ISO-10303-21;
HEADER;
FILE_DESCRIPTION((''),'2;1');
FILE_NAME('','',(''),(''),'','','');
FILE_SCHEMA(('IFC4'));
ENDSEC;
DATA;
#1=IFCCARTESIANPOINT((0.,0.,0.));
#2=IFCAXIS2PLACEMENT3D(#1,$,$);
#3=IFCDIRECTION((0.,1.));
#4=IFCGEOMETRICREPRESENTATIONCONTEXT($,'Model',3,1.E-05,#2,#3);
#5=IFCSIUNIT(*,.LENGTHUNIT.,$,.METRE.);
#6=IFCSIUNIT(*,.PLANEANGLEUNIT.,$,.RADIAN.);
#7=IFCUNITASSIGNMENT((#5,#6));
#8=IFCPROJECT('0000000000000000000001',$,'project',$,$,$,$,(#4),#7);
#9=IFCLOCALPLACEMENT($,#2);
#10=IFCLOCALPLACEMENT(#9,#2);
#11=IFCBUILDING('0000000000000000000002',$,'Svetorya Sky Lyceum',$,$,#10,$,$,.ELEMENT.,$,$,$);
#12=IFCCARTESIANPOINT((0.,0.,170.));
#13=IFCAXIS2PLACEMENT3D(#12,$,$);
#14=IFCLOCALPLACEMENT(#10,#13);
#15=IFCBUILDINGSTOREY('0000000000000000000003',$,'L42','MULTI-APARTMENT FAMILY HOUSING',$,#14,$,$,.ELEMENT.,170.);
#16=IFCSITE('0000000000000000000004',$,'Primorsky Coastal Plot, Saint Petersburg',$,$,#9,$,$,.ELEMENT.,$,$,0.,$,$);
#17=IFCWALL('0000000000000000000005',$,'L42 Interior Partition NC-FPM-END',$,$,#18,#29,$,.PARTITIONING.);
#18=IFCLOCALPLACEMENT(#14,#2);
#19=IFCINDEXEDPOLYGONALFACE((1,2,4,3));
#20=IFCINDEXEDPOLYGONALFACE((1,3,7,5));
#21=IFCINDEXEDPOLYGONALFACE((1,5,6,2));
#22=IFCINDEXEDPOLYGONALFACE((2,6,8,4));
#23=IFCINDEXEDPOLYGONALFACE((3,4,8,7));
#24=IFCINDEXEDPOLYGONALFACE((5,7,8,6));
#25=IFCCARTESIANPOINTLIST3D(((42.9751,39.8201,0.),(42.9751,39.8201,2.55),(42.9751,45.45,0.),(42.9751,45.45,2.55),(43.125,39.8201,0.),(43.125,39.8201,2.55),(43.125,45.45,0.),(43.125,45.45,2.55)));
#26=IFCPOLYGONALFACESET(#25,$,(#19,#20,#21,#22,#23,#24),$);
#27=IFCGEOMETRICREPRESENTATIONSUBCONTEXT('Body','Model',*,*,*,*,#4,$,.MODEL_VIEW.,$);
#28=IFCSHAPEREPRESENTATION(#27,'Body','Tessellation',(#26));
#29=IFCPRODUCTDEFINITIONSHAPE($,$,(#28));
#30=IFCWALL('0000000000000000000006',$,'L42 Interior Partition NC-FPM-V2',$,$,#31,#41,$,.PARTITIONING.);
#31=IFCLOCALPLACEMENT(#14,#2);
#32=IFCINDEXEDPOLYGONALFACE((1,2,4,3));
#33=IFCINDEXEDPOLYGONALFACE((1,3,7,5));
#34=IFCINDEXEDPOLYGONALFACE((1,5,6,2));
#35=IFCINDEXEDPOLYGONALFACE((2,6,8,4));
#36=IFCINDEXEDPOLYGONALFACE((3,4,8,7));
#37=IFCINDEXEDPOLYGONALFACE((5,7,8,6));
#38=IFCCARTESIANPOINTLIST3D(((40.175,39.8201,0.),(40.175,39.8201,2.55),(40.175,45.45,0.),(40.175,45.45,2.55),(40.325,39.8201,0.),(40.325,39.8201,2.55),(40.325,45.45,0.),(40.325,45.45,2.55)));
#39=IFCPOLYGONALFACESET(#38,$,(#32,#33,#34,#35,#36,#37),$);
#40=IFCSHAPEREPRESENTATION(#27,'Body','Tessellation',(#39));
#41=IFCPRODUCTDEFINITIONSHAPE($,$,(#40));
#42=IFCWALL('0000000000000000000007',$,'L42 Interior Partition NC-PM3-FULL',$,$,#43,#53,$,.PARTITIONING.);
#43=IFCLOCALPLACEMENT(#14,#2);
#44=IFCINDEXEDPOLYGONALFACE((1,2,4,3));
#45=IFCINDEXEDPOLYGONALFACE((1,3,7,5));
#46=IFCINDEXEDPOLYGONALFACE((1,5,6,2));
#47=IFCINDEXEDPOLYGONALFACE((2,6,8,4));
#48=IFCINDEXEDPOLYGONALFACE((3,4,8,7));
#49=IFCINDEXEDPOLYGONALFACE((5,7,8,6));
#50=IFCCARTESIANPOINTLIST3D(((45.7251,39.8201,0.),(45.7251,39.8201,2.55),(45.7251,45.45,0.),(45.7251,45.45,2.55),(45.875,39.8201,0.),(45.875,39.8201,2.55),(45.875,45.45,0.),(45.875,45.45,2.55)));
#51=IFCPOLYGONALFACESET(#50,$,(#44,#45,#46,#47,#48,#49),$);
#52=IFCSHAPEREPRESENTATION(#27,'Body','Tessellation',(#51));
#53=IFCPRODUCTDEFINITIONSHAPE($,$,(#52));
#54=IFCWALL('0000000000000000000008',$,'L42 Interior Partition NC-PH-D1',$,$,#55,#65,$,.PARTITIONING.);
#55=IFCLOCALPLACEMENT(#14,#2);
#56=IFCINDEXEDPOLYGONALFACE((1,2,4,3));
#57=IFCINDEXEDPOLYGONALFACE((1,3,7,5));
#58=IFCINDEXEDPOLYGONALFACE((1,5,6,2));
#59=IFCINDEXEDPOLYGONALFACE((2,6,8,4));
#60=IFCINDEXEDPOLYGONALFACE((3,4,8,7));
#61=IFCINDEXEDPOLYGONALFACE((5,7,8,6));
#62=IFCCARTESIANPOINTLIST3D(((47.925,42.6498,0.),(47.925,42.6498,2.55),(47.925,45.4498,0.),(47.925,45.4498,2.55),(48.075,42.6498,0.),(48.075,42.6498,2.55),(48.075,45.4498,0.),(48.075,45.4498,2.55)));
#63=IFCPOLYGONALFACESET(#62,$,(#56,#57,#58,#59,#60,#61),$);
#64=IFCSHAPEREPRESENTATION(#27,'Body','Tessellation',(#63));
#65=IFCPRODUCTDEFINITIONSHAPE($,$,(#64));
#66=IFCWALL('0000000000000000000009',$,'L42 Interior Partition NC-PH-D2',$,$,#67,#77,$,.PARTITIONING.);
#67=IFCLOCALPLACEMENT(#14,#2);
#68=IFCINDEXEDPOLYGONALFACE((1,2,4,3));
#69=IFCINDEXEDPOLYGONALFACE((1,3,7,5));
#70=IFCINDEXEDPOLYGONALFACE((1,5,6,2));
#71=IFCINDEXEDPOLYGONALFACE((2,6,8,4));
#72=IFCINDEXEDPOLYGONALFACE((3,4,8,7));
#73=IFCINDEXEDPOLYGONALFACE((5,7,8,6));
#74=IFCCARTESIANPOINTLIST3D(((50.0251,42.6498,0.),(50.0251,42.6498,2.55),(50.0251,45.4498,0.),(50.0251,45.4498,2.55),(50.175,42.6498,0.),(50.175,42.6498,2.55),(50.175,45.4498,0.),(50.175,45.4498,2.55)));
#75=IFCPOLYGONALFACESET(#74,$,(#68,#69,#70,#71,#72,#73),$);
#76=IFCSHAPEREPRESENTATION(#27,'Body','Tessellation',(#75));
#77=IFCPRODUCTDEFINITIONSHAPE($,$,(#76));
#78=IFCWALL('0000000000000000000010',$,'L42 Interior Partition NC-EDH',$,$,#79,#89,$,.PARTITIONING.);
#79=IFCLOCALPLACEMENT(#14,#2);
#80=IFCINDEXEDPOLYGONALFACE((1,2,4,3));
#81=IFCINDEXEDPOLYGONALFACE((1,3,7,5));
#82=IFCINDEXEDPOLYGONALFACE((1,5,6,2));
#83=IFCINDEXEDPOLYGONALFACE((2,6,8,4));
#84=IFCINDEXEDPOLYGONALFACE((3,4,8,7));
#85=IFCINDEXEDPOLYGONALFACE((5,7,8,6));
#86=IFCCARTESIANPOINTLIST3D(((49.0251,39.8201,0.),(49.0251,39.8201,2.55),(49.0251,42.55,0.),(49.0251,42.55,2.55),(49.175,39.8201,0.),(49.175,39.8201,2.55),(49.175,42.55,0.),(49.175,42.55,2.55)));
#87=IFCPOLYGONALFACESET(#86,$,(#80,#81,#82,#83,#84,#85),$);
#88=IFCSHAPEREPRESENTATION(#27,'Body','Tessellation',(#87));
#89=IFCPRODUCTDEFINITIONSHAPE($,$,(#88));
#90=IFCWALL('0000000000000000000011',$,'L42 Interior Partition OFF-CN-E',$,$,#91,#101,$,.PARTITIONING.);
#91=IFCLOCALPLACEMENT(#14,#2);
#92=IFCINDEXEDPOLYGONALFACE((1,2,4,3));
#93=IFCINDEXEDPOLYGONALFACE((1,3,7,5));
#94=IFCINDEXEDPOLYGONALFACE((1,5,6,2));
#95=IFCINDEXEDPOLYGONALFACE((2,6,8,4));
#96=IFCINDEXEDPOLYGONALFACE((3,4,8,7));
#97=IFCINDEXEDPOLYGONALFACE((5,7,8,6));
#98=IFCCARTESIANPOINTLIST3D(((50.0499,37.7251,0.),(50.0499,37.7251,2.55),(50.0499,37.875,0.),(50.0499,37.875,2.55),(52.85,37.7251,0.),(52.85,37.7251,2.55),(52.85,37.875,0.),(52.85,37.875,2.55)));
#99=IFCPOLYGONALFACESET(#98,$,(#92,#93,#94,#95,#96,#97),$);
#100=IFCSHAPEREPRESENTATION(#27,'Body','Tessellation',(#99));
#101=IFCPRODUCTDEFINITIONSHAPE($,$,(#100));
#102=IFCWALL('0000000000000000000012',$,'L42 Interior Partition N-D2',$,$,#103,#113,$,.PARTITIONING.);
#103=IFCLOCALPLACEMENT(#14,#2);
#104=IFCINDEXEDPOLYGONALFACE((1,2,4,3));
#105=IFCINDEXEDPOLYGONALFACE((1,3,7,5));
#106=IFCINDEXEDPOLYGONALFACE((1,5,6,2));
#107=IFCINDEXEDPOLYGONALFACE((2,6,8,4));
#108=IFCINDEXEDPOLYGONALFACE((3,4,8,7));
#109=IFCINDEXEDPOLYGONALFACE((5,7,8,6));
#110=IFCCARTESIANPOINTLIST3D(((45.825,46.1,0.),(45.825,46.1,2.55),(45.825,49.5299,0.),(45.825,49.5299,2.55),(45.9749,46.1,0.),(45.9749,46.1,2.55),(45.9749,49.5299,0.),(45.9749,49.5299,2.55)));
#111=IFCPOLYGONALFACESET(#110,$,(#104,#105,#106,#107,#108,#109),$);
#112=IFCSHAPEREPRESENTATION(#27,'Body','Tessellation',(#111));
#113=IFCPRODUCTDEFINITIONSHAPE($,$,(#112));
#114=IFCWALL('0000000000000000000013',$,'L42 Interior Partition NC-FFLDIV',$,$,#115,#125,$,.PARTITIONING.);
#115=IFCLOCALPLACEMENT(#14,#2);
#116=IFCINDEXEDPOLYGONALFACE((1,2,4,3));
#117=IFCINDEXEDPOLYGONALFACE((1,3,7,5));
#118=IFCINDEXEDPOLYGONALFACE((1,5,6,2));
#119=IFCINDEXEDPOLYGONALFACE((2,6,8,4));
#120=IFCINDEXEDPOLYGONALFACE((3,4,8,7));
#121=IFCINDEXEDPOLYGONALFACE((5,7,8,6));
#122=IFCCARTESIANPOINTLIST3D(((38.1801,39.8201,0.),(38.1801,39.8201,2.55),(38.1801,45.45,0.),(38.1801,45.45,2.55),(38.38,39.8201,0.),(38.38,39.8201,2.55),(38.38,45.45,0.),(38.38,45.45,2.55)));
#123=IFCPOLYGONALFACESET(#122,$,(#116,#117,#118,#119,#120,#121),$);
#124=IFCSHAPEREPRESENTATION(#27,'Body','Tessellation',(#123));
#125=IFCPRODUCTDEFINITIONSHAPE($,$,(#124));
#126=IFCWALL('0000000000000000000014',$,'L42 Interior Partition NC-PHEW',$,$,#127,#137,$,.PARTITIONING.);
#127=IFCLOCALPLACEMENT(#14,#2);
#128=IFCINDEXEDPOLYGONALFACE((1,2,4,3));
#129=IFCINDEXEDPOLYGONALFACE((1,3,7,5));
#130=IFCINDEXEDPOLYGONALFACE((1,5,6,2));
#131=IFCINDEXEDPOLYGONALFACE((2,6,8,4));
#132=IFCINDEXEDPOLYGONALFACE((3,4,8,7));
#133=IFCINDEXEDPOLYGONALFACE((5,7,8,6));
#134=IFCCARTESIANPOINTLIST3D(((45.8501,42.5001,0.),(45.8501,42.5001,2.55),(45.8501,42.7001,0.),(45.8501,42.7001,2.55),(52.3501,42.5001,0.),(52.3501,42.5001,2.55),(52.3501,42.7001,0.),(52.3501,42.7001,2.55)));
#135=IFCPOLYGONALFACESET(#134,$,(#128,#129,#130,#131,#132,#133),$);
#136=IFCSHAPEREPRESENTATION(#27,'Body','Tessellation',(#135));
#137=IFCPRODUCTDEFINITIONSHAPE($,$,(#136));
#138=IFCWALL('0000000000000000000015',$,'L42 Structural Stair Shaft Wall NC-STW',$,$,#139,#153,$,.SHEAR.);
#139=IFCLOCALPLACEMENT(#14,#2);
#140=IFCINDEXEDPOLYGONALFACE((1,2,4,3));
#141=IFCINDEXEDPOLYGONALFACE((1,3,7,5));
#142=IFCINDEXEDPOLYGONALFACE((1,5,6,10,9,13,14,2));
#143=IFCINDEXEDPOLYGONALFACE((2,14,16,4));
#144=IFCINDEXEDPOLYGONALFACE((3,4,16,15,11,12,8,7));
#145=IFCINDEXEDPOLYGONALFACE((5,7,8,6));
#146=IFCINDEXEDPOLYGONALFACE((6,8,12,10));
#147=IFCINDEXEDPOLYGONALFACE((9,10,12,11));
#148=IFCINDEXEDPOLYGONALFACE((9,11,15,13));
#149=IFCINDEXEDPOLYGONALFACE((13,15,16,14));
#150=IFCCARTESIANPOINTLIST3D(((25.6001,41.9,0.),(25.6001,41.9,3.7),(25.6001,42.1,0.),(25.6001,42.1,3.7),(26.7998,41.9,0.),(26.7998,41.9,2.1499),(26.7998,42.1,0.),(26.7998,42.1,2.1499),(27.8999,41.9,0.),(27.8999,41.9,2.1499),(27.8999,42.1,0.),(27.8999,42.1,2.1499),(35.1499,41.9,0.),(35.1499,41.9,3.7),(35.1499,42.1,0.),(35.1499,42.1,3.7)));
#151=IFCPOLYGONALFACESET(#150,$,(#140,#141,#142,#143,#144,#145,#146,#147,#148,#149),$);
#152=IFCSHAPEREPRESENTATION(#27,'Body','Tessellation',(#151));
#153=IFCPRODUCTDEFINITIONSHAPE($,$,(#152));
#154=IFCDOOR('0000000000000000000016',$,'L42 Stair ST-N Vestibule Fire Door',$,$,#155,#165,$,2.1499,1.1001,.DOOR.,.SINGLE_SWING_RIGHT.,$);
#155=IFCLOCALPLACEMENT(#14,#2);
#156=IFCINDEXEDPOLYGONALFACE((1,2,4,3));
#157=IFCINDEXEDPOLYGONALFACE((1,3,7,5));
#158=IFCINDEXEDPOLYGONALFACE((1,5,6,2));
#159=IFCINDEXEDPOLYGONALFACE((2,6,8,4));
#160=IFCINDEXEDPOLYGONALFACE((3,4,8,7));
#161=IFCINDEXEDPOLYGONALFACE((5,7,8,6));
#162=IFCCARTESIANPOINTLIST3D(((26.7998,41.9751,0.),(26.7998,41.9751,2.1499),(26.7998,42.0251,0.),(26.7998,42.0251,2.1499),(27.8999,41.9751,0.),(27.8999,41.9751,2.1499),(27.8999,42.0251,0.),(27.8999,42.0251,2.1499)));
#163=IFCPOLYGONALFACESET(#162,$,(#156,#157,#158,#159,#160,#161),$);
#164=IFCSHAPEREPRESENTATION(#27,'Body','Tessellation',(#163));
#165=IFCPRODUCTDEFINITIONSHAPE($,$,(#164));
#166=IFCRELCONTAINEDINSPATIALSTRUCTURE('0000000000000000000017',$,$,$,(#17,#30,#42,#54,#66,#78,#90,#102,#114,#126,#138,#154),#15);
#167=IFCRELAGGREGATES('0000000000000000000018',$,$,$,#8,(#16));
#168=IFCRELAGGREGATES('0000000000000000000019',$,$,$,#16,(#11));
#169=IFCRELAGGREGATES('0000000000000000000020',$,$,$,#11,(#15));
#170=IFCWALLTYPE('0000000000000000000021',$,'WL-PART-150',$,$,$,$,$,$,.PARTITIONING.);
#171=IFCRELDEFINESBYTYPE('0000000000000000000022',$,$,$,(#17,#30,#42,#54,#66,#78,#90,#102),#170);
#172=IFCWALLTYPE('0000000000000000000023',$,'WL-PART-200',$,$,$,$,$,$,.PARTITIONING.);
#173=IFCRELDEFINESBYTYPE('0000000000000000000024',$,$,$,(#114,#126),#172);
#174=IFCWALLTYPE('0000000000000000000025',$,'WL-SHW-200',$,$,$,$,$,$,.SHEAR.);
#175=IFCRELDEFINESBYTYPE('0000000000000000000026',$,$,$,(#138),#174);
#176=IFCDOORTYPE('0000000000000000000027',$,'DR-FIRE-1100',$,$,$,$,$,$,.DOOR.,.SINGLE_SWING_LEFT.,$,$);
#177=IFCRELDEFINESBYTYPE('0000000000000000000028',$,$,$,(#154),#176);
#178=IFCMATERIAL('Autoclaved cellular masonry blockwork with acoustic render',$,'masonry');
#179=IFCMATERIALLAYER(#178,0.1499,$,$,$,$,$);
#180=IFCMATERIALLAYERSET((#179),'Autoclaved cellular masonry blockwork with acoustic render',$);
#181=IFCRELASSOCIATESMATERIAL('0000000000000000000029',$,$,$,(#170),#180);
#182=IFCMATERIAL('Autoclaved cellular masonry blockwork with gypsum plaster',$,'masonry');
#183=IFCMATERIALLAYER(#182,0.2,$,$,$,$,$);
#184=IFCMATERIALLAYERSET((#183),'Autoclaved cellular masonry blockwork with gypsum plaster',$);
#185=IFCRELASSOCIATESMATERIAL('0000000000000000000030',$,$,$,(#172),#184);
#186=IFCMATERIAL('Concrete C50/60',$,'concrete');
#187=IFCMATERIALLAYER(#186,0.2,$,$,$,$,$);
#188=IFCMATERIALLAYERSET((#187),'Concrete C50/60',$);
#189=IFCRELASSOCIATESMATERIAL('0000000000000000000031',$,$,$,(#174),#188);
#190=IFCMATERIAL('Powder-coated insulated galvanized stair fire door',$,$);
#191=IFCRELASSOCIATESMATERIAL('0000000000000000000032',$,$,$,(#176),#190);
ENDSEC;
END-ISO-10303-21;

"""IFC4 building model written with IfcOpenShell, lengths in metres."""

from ifc_helpers import new_model, si_unit, direction, frame, frame_2d, origin, place, context, subcontext, project, spatial, rectangle, extrude, material, layer, layer_set, type_object, element, fill, save


model = new_model("IFC4")

# Units and contexts
model_context = context("Model", 3, precision=1e-05, world=origin(), true_north=direction((0.0, 1.0)))
body_context = subcontext(model_context, "Body", "Model", "MODEL_VIEW")
ifc_project = project(units=[si_unit("LENGTHUNIT", "METRE"), si_unit("PLANEANGLEUNIT", "RADIAN")], contexts=[model_context])

# Site, building, storey
site_placement = place(None, origin())
site = spatial("IfcSite", under=ifc_project, at=site_placement, Name="Primorsky Coastal Plot, Saint Petersburg", CompositionType="ELEMENT", RefElevation=0.0)
building_placement = place(site_placement, origin())
building = spatial("IfcBuilding", under=site, at=building_placement, Name="Svetorya Sky Lyceum", CompositionType="ELEMENT")
storey_placement = place(building_placement, frame((0.0, 0.0, 170.0)))
storey = spatial("IfcBuildingStorey", under=building, at=storey_placement, Name="L42", Description="MULTI-APARTMENT FAMILY HOUSING", CompositionType="ELEMENT", Elevation=170.0)

# Shared definitions
ifc_material_1 = material(Name="Concrete C50/60", Category="concrete")

# Walls
ifc_material_2 = material(Name="Autoclaved cellular masonry blockwork with acoustic render", Category="masonry")
ifc_layer_1 = layer(ifc_material_2, 0.1499)
ifc_layer_set_1 = layer_set([ifc_layer_1], Name="Autoclaved cellular masonry blockwork with acoustic render")
wall_type_1 = type_object("IfcWallType", Name="WL-PART-150", PredefinedType="PARTITIONING", material=ifc_layer_set_1)
for number, where, z_axis, x_axis, name in (
    (1, (43.05, 39.8201, 0.0), (0.0, 0.0, 1.0), (0.0, 1.0, 0.0), "L42 Interior Partition NC-FPM-END"),
    (2, (40.25, 39.8201, 0.0), (0.0, 0.0, 1.0), (0.0, 1.0, 0.0), "L42 Interior Partition NC-FPM-V2"),
    (3, (45.8, 39.8201, 0.0), (0.0, 0.0, 1.0), (0.0, 1.0, 0.0), "L42 Interior Partition NC-PM3-FULL"),
):
    element("IfcWall", number, at=place(storey_placement, frame(where, z_axis=z_axis, x_axis=x_axis)), inside=storey, type_object=wall_type_1, Name=name, PredefinedType="PARTITIONING", context=body_context, shape_type="SweptSolid", body=[
        extrude(rectangle(XDim=5.6299, YDim=0.1499, at=frame_2d((2.8149, 0.0))), origin(), (0.0, 0.0, 1.0), 2.55),
    ])
for number, where, z_axis, x_axis, name in (
    (4, (48.0, 42.6499, 0.0), (0.0, 0.0, 1.0), (0.0, 1.0, 0.0), "L42 Interior Partition NC-PH-D1"),
    (5, (50.1001, 42.6499, 0.0), (0.0, 0.0, 1.0), (0.0, 1.0, 0.0), "L42 Interior Partition NC-PH-D2"),
):
    element("IfcWall", number, at=place(storey_placement, frame(where, z_axis=z_axis, x_axis=x_axis)), inside=storey, type_object=wall_type_1, Name=name, PredefinedType="PARTITIONING", context=body_context, shape_type="SweptSolid", body=[
        extrude(rectangle(XDim=2.8, YDim=0.1499, at=frame_2d((1.3999, 0.0))), origin(), (0.0, 0.0, 1.0), 2.55),
    ])
wall_1_placement = place(storey_placement, frame((49.1001, 39.8201, 0.0), z_axis=(0.0, 0.0, 1.0), x_axis=(0.0, 1.0, 0.0)))
element("IfcWall", 6, at=wall_1_placement, inside=storey, type_object=wall_type_1, Name="L42 Interior Partition NC-EDH", PredefinedType="PARTITIONING", context=body_context, shape_type="SweptSolid", body=[
    extrude(rectangle(XDim=2.73, YDim=0.1499, at=frame_2d((1.365, 0.0))), origin(), (0.0, 0.0, 1.0), 2.55),
])
wall_2_placement = place(storey_placement, frame((50.05, 37.8, 0.0), z_axis=(0.0, 0.0, 1.0), x_axis=(1.0, 0.0, 0.0)))
element("IfcWall", 7, at=wall_2_placement, inside=storey, type_object=wall_type_1, Name="L42 Interior Partition OFF-CN-E", PredefinedType="PARTITIONING", context=body_context, shape_type="SweptSolid", body=[
    extrude(rectangle(XDim=2.8, YDim=0.1499, at=frame_2d((1.3999, 0.0))), origin(), (0.0, 0.0, 1.0), 2.55),
])
wall_3_placement = place(storey_placement, frame((45.8999, 46.1001, 0.0), z_axis=(0.0, 0.0, 1.0), x_axis=(0.0, 1.0, 0.0)))
element("IfcWall", 8, at=wall_3_placement, inside=storey, type_object=wall_type_1, Name="L42 Interior Partition N-D2", PredefinedType="PARTITIONING", context=body_context, shape_type="SweptSolid", body=[
    extrude(rectangle(XDim=3.4299, YDim=0.1499, at=frame_2d((1.7148, 0.0))), origin(), (0.0, 0.0, 1.0), 2.55),
])

# Shared definitions
ifc_material_3 = material(Name="Autoclaved cellular masonry blockwork with gypsum plaster", Category="masonry")
ifc_layer_2 = layer(ifc_material_3, 0.2)
ifc_layer_set_2 = layer_set([ifc_layer_2], Name="Autoclaved cellular masonry blockwork with gypsum plaster")
wall_type_2 = type_object("IfcWallType", Name="WL-PART-200", PredefinedType="PARTITIONING", material=ifc_layer_set_2)

# Walls
wall_4_placement = place(storey_placement, frame((38.28, 39.8201, 0.0), z_axis=(0.0, 0.0, 1.0), x_axis=(0.0, 1.0, 0.0)))
element("IfcWall", 9, at=wall_4_placement, inside=storey, type_object=wall_type_2, Name="L42 Interior Partition NC-FFLDIV", PredefinedType="PARTITIONING", context=body_context, shape_type="SweptSolid", body=[
    extrude(rectangle(XDim=5.6299, YDim=0.2, at=frame_2d((2.8149, 0.0))), origin(), (0.0, 0.0, 1.0), 2.55),
])
wall_5_placement = place(storey_placement, frame((52.3501, 42.6001, 0.0), z_axis=(0.0, 0.0, 1.0), x_axis=(-1.0, 0.0, 0.0)))
element("IfcWall", 10, at=wall_5_placement, inside=storey, type_object=wall_type_2, Name="L42 Interior Partition NC-PHEW", PredefinedType="PARTITIONING", context=body_context, shape_type="SweptSolid", body=[
    extrude(rectangle(XDim=6.5, YDim=0.2, at=frame_2d((3.25, 0.0))), origin(), (0.0, 0.0, 1.0), 2.55),
])

# Wall, opening, door
ifc_layer_3 = layer(ifc_material_1, 0.2)
ifc_layer_set_3 = layer_set([ifc_layer_3], Name="Concrete C50/60")
wall_type_3 = type_object("IfcWallType", Name="WL-SHW-200", PredefinedType="SHEAR", material=ifc_layer_set_3)
wall_6_placement = place(storey_placement, frame((35.1499, 42.0, 0.0), z_axis=(0.0, 0.0, 1.0), x_axis=(-1.0, 0.0, 0.0)))
wall_6 = element("IfcWall", 11, at=wall_6_placement, inside=storey, type_object=wall_type_3, Name="L42 Structural Stair Shaft Wall NC-STW", PredefinedType="SHEAR", context=body_context, shape_type="SweptSolid", body=[
    extrude(rectangle(XDim=9.5498, YDim=0.2, at=frame_2d((4.7749, 0.0))), origin(), (0.0, 0.0, 1.0), 3.7),
])
opening_1_placement = place(wall_6_placement, frame((7.25, 0.0, 0.0)))
opening_1 = element("IfcOpeningElement", 12, at=opening_1_placement, cuts=wall_6, PredefinedType="OPENING", context=body_context, shape_type="SweptSolid", body=[
    extrude(rectangle(XDim=1.1001, YDim=2.1499, at=frame_2d((0.55, 1.075))), frame((0.0, 0.1099, 0.0), z_axis=(0.0, -1.0, 0.0), x_axis=(1.0, 0.0, 0.0)), (0.0, 0.0, 1.0), 0.22),
])
ifc_material_4 = material(Name="Powder-coated insulated galvanized stair fire door")
door_type_1 = type_object("IfcDoorType", Name="DR-FIRE-1100", OperationType="SINGLE_SWING_LEFT", PredefinedType="DOOR", material=ifc_material_4)
door_1_placement = place(opening_1_placement, origin())
door_1 = element("IfcDoor", 13, at=door_1_placement, inside=storey, type_object=door_type_1, Name="L42 Stair ST-N Vestibule Fire Door", OperationType="SINGLE_SWING_RIGHT", OverallHeight=2.1499, OverallWidth=1.1001, PredefinedType="DOOR", context=body_context, shape_type="SweptSolid", body=[
    extrude(rectangle(XDim=1.1001, YDim=2.1499, at=frame_2d((0.55, 1.075))), frame((0.0, 0.0249, 0.0), z_axis=(0.0, -1.0, 0.0), x_axis=(1.0, 0.0, 0.0)), (0.0, 0.0, 1.0), 0.05),
])
fill(opening_1, door_1)

save(model, "model.ifc")
